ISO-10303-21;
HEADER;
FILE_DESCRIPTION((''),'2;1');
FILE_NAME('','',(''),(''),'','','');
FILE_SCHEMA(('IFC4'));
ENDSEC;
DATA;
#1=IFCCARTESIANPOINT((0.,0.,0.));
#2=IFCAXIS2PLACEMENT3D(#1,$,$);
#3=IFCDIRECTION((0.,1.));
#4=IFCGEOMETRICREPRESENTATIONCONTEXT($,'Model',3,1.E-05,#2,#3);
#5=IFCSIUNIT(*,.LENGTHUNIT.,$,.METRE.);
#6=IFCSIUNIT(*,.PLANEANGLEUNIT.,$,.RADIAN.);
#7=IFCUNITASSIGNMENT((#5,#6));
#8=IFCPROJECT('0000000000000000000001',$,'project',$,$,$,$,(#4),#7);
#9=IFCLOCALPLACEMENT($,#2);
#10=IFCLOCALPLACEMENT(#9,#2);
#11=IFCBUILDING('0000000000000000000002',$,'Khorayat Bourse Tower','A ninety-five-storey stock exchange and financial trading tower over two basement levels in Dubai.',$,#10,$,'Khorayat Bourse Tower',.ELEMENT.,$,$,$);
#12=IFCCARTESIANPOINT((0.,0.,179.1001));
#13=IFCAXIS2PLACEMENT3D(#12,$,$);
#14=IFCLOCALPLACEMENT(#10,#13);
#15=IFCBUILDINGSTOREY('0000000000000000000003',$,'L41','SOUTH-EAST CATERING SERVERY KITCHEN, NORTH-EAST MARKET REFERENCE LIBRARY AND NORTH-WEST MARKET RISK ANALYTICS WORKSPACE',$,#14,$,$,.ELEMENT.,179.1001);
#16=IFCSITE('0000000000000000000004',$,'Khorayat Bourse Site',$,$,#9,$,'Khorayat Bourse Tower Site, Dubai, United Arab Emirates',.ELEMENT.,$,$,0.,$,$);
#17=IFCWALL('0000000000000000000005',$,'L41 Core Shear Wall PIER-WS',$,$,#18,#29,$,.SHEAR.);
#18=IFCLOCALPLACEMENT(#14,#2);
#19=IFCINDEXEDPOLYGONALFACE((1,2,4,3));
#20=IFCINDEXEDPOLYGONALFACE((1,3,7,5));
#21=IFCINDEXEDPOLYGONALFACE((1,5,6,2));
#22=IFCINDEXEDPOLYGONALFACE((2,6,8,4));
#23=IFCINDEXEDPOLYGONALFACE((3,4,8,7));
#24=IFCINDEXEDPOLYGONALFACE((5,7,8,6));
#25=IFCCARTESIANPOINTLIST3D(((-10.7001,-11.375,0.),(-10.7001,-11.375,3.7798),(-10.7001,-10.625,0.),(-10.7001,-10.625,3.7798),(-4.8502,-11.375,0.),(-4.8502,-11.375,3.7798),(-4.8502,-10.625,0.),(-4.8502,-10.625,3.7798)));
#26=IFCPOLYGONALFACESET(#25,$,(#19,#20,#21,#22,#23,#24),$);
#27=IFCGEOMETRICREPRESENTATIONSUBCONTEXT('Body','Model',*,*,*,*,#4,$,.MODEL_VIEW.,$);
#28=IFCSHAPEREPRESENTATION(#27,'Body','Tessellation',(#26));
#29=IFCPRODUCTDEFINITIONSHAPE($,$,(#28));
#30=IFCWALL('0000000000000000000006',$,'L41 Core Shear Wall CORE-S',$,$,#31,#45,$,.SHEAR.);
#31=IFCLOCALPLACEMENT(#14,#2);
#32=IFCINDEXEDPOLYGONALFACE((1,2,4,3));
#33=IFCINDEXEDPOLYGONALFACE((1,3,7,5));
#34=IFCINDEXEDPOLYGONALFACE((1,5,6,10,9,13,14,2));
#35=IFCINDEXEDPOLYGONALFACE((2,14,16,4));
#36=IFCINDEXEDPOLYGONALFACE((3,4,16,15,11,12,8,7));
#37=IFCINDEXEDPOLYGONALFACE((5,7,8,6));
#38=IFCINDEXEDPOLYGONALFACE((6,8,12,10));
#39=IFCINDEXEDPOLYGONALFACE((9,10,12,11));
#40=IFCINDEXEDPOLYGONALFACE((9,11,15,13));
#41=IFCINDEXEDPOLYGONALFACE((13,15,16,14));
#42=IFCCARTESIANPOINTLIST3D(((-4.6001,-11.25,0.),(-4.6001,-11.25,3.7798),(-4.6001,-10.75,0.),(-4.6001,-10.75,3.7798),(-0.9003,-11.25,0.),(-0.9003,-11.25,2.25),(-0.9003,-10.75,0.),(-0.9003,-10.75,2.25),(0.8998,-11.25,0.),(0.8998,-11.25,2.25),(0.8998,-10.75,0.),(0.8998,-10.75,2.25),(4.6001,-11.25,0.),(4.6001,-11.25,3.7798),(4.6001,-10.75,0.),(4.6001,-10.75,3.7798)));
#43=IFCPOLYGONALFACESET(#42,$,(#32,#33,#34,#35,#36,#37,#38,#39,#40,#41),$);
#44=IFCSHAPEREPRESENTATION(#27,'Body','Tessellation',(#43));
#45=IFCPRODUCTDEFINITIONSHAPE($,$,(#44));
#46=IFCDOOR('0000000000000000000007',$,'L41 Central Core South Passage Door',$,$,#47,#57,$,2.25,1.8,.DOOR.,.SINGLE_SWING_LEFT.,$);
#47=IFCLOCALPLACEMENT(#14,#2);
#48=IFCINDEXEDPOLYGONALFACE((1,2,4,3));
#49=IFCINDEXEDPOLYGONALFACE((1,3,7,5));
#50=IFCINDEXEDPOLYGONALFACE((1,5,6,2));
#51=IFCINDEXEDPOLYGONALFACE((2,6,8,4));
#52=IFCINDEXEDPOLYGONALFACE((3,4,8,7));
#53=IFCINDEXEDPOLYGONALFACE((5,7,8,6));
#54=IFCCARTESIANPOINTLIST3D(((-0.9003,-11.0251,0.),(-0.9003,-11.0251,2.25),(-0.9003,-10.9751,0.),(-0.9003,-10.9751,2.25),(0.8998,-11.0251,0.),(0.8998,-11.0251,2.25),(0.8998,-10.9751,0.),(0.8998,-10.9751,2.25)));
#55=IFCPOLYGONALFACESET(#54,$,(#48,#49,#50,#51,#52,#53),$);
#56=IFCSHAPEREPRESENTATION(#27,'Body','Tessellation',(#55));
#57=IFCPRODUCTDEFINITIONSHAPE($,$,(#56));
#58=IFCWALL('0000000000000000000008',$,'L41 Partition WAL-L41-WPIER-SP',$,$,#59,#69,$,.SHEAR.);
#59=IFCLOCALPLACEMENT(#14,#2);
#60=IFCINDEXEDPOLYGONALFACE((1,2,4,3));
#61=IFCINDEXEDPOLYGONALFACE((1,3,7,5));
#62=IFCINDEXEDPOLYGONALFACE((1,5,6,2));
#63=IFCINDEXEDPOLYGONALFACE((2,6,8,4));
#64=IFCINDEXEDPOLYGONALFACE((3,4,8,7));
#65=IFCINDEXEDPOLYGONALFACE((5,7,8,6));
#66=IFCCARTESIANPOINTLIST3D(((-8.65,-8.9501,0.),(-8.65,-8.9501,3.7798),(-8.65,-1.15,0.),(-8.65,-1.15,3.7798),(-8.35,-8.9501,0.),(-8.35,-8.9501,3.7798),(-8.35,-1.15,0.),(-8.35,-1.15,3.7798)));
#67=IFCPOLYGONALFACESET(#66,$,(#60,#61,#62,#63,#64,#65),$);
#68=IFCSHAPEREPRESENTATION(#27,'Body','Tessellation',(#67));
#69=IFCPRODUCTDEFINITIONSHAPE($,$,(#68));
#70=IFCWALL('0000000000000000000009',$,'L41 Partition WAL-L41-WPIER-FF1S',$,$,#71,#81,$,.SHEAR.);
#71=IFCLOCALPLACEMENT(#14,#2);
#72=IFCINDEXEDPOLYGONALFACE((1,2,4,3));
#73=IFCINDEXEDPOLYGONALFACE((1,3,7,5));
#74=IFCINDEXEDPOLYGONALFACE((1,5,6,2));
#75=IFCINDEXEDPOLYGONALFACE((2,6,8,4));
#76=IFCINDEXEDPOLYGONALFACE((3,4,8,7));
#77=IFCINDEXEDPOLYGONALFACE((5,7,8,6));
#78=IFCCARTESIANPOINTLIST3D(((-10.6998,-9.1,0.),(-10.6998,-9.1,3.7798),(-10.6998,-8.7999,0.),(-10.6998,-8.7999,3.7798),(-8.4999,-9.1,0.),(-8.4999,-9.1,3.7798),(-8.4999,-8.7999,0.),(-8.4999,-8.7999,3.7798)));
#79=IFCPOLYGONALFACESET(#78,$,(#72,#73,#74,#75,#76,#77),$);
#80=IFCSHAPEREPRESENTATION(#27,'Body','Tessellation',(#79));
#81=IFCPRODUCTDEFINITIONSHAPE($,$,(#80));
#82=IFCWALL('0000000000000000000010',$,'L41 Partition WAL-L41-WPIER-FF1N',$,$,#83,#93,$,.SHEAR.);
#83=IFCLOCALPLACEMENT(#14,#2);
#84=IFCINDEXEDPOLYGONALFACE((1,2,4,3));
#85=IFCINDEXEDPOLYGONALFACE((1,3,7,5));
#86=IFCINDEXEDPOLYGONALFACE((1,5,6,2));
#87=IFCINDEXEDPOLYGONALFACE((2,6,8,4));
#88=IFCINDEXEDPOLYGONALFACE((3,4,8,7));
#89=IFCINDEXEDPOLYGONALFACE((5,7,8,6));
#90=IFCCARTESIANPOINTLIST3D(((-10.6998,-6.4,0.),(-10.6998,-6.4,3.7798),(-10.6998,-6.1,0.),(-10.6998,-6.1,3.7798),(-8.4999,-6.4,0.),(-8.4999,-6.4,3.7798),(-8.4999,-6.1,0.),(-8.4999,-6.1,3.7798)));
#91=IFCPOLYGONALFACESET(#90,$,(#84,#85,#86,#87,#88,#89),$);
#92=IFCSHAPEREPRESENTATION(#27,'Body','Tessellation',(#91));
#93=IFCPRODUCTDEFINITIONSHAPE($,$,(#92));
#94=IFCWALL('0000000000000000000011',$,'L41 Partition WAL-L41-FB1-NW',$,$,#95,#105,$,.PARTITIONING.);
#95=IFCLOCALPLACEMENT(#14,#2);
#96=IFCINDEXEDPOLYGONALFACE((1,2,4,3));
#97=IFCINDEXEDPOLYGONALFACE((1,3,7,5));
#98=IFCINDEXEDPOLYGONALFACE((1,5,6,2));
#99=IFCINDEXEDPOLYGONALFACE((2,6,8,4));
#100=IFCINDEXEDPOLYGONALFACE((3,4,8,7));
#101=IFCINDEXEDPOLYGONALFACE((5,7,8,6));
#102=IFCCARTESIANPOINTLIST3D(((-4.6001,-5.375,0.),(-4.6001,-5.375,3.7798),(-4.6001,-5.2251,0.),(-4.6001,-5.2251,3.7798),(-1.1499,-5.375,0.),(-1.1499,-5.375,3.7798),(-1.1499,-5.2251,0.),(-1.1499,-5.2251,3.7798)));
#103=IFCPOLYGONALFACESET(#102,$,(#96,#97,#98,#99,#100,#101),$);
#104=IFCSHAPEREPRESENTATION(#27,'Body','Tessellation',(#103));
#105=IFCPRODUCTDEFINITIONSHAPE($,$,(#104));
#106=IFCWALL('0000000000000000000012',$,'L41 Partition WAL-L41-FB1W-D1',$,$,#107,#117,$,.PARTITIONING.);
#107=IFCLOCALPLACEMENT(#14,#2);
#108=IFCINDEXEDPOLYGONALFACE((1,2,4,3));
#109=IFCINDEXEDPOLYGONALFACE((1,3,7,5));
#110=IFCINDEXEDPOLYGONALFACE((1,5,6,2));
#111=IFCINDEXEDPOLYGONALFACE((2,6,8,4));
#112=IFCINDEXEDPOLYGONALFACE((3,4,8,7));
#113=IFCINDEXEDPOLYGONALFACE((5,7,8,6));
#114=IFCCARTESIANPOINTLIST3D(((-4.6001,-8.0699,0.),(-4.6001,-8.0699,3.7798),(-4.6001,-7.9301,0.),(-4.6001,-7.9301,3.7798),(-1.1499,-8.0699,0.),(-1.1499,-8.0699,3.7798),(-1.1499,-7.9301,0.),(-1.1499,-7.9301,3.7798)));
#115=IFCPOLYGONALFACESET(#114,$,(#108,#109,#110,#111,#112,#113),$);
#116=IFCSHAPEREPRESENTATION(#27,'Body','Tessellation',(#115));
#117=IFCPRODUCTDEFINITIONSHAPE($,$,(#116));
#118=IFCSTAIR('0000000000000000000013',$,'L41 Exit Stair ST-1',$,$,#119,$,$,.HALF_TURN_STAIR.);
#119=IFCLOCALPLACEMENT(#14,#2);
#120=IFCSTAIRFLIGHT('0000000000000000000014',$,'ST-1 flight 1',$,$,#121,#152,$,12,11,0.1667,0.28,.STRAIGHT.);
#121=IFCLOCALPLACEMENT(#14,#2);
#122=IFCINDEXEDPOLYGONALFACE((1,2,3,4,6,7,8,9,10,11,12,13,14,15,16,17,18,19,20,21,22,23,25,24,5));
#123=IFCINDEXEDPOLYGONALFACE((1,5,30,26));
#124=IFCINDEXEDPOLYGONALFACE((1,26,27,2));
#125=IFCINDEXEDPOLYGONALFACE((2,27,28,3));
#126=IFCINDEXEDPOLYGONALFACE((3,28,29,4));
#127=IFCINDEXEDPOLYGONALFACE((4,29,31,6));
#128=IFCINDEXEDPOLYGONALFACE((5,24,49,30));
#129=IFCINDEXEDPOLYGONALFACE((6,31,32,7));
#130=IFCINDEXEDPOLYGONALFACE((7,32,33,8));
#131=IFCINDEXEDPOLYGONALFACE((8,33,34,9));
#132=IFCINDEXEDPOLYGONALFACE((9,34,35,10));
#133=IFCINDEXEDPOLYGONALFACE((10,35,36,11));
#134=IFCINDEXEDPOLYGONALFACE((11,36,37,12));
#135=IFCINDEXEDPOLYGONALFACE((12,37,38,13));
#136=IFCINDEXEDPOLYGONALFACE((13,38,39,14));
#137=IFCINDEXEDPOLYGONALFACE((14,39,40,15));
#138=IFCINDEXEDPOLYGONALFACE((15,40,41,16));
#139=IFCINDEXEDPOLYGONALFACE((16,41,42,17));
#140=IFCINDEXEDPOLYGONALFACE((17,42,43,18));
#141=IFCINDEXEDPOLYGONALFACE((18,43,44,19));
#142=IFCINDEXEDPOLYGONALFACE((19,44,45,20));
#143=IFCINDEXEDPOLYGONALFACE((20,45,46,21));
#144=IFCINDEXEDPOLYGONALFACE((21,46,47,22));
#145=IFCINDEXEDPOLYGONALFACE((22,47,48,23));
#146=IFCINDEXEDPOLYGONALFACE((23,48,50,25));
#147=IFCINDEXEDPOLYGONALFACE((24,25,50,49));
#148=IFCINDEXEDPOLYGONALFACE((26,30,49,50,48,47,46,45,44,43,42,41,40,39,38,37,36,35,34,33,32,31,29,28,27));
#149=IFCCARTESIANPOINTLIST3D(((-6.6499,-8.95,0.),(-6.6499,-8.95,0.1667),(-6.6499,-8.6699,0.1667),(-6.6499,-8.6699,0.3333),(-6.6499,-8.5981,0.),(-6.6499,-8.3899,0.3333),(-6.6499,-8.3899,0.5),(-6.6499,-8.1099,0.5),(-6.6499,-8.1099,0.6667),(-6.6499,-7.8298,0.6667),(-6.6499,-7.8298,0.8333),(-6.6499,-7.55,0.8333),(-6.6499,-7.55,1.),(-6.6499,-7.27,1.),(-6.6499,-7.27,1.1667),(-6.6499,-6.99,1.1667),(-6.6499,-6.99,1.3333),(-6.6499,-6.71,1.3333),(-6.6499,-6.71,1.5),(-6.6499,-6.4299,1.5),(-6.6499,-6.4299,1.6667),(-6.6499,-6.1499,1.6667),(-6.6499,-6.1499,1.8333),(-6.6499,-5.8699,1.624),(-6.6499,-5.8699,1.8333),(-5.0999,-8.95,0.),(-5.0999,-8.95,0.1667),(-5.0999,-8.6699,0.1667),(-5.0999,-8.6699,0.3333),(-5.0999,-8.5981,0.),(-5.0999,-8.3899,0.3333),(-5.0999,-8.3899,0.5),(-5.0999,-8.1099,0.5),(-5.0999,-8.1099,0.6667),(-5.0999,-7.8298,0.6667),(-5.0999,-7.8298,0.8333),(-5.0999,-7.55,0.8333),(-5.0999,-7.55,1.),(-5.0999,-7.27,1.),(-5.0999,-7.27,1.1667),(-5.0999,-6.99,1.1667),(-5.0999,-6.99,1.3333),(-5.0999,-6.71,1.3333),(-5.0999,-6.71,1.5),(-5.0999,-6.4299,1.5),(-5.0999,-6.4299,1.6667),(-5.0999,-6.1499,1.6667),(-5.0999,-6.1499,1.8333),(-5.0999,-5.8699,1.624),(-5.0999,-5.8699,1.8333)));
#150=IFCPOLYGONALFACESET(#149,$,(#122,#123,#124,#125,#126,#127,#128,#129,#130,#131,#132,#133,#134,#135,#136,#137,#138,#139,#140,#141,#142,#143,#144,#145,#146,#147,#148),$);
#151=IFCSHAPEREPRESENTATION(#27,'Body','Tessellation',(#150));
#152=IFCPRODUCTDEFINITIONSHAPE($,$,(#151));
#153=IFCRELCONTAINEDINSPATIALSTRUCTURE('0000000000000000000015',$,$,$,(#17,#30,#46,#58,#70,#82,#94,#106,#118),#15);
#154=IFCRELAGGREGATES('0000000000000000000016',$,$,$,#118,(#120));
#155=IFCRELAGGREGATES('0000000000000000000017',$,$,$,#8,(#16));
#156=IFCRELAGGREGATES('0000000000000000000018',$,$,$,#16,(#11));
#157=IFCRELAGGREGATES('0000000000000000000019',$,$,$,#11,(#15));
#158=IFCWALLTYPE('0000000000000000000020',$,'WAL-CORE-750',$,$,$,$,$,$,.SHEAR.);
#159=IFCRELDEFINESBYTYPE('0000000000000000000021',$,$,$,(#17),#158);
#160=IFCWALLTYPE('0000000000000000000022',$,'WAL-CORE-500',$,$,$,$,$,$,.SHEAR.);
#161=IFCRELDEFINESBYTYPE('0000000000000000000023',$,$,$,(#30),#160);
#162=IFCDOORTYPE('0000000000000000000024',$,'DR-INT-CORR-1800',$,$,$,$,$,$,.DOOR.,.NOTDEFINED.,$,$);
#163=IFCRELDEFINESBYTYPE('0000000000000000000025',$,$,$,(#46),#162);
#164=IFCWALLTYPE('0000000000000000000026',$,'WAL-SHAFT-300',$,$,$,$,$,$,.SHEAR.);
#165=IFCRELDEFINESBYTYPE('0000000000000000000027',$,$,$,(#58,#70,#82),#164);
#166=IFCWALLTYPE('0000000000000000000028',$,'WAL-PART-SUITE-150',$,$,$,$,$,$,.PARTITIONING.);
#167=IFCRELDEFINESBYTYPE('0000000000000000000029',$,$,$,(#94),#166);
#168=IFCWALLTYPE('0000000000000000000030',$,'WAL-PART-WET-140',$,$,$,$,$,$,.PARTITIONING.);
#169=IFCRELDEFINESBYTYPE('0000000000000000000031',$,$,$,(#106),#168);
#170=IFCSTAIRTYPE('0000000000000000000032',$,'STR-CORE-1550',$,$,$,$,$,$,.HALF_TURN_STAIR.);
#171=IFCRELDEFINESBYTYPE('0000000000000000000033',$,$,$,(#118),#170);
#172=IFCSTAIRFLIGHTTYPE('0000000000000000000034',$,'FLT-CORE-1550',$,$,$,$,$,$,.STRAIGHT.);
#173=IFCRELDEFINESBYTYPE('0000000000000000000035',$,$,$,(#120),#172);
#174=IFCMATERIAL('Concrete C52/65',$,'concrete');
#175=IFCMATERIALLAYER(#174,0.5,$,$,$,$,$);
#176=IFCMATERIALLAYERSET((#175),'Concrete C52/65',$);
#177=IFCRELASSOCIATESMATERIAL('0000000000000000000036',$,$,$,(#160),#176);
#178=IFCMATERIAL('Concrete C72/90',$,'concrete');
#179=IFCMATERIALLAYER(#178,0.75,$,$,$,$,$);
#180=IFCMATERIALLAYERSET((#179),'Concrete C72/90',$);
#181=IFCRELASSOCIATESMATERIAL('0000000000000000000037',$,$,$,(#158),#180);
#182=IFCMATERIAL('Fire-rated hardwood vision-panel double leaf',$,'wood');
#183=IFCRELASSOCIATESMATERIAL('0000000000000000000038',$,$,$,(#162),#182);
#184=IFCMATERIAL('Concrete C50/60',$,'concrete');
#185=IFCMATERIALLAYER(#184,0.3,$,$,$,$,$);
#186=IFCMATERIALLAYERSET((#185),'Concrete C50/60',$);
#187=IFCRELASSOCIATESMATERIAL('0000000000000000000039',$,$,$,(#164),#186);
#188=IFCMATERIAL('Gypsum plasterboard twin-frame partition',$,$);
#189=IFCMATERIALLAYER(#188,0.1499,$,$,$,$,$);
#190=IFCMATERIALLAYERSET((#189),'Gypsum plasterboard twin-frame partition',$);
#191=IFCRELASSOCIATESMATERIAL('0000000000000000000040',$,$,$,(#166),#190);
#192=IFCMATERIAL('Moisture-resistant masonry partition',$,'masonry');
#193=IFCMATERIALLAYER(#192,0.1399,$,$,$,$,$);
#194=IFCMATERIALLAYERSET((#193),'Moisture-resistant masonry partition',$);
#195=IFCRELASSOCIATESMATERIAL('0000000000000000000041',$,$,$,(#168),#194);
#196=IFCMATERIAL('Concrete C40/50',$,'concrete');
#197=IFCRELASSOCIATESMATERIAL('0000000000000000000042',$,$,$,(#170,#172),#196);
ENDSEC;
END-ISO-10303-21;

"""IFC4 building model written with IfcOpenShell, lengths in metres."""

from ifc_helpers import new_model, si_unit, direction, frame, frame_2d, origin, place, context, subcontext, project, spatial, polyline, rectangle, outline, extrude, source, transform, mapped, material, layer, layer_set, type_object, element, fill, aggregate, save


model = new_model("IFC4")

# Units and contexts
model_context = context("Model", 3, precision=1e-05, world=origin(), true_north=direction((0.0, 1.0)))
body_context = subcontext(model_context, "Body", "Model", "MODEL_VIEW")
ifc_project = project(units=[si_unit("LENGTHUNIT", "METRE"), si_unit("PLANEANGLEUNIT", "RADIAN")], contexts=[model_context])

# Site, building, storey
site_placement = place(None, origin())
site = spatial("IfcSite", under=ifc_project, at=site_placement, Name="Khorayat Bourse Site", LongName="Khorayat Bourse Tower Site, Dubai, United Arab Emirates", CompositionType="ELEMENT", RefElevation=0.0)
building_placement = place(site_placement, origin())
building = spatial("IfcBuilding", under=site, at=building_placement, Name="Khorayat Bourse Tower", Description="A ninety-five-storey stock exchange and financial trading tower over two basement levels in Dubai.", LongName="Khorayat Bourse Tower", CompositionType="ELEMENT")
storey_placement = place(building_placement, frame((0.0, 0.0, 179.1001)))
storey = spatial("IfcBuildingStorey", under=building, at=storey_placement, Name="L41", Description="SOUTH-EAST CATERING SERVERY KITCHEN, NORTH-EAST MARKET REFERENCE LIBRARY AND NORTH-WEST MARKET RISK ANALYTICS WORKSPACE", CompositionType="ELEMENT", Elevation=179.1001)

# Shared definitions
ifc_material_1 = material(Name="Concrete C72/90", Category="concrete")

# Wall
ifc_material_2 = material(Name="Concrete C52/65", Category="concrete")
ifc_layer_1 = layer(ifc_material_2, 0.5)
ifc_layer_set_1 = layer_set([ifc_layer_1], Name="Concrete C52/65")
wall_type_1 = type_object("IfcWallType", Name="WAL-CORE-500", PredefinedType="SHEAR", material=ifc_layer_set_1)
ifc_layer_2 = layer(ifc_material_1, 0.75)
ifc_layer_set_2 = layer_set([ifc_layer_2], Name="Concrete C72/90")
wall_type_2 = type_object("IfcWallType", Name="WAL-CORE-750", PredefinedType="SHEAR", material=ifc_layer_set_2)
shared_shape_1 = source(origin(), body_context, "Body", "SweptSolid", [
    extrude(rectangle(XDim=5.8499, YDim=0.75, at=frame_2d((2.9248, 0.0))), origin(), (0.0, 0.0, 1.0), 3.7798),
])
wall_1_placement = place(storey_placement, frame((-10.7, -11.0, 0.0), z_axis=(0.0, 0.0, 1.0), x_axis=(1.0, 0.0, 0.0)))
element("IfcWall", 1, at=wall_1_placement, inside=storey, type_object=wall_type_2, Name="L41 Core Shear Wall PIER-WS", PredefinedType="SHEAR", context=body_context, shape_type="MappedRepresentation", body=[
    mapped(shared_shape_1, transform((0.0, 0.0, 0.0), scale=1.0)),
])

# Wall, opening, door
shared_shape_2 = source(origin(), body_context, "Body", "SweptSolid", [
    extrude(rectangle(XDim=9.2002, YDim=0.5, at=frame_2d((4.6001, 0.0))), origin(), (0.0, 0.0, 1.0), 3.7798),
])
wall_2_placement = place(storey_placement, frame((-4.6001, -11.0, 0.0), z_axis=(0.0, 0.0, 1.0), x_axis=(1.0, 0.0, 0.0)))
wall_2 = element("IfcWall", 2, at=wall_2_placement, inside=storey, type_object=wall_type_1, Name="L41 Core Shear Wall CORE-S", PredefinedType="SHEAR", context=body_context, shape_type="MappedRepresentation", body=[
    mapped(shared_shape_2, transform((0.0, 0.0, 0.0), scale=1.0)),
])
shared_shape_3 = source(origin(), body_context, "Body", "SweptSolid", [
    extrude(rectangle(XDim=1.8, YDim=2.25, at=frame_2d((0.8999, 1.125))), frame((0.0, 0.26, 0.0), z_axis=(0.0, -1.0, 0.0), x_axis=(1.0, 0.0, 0.0)), (0.0, 0.0, 1.0), 0.52),
])
opening_placement = place(wall_2_placement, frame((3.7, 0.0, 0.0)))
opening = element("IfcOpeningElement", 3, at=opening_placement, cuts=wall_2, PredefinedType="OPENING", context=body_context, shape_type="MappedRepresentation", body=[
    mapped(shared_shape_3, transform((0.0, 0.0, 0.0), scale=1.0)),
])
ifc_material_3 = material(Name="Fire-rated hardwood vision-panel double leaf", Category="wood")
door_type = type_object("IfcDoorType", Name="DR-INT-CORR-1800", OperationType="NOTDEFINED", PredefinedType="DOOR", material=ifc_material_3)
shared_shape_4 = source(origin(), body_context, "Body", "SweptSolid", [
    extrude(rectangle(XDim=1.8, YDim=2.25, at=frame_2d((0.8999, 1.125))), frame((0.0, 0.0249, 0.0), z_axis=(0.0, -1.0, 0.0), x_axis=(1.0, 0.0, 0.0)), (0.0, 0.0, 1.0), 0.05),
])
door_placement = place(opening_placement, origin())
door = element("IfcDoor", 4, at=door_placement, inside=storey, type_object=door_type, Name="L41 Central Core South Passage Door", OperationType="SINGLE_SWING_LEFT", OverallHeight=2.25, OverallWidth=1.8, PredefinedType="DOOR", context=body_context, shape_type="MappedRepresentation", body=[
    mapped(shared_shape_4, transform((0.0, 0.0, 0.0), scale=1.0)),
])
fill(opening, door)

# Walls
ifc_material_4 = material(Name="Concrete C50/60", Category="concrete")
ifc_layer_3 = layer(ifc_material_4, 0.3)
ifc_layer_set_3 = layer_set([ifc_layer_3], Name="Concrete C50/60")
wall_type_3 = type_object("IfcWallType", Name="WAL-SHAFT-300", PredefinedType="SHEAR", material=ifc_layer_set_3)
shared_shape_5 = source(origin(), body_context, "Body", "SweptSolid", [
    extrude(rectangle(XDim=7.8, YDim=0.3, at=frame_2d((3.8999, 0.0))), origin(), (0.0, 0.0, 1.0), 3.7798),
])
wall_3_placement = place(storey_placement, frame((-8.5, -8.95, 0.0), z_axis=(0.0, 0.0, 1.0), x_axis=(0.0, 1.0, 0.0)))
element("IfcWall", 5, at=wall_3_placement, inside=storey, type_object=wall_type_3, Name="L41 Partition WAL-L41-WPIER-SP", PredefinedType="SHEAR", context=body_context, shape_type="MappedRepresentation", body=[
    mapped(shared_shape_5, transform((0.0, 0.0, 0.0), scale=1.0)),
])
shared_shape_6 = source(origin(), body_context, "Body", "SweptSolid", [
    extrude(rectangle(XDim=2.2, YDim=0.3, at=frame_2d((1.1001, 0.0))), origin(), (0.0, 0.0, 1.0), 3.7798),
])
for number, where, z_axis, x_axis, name in (
    (6, (-10.7, -8.95, 0.0), (0.0, 0.0, 1.0), (1.0, 0.0, 0.0), "L41 Partition WAL-L41-WPIER-FF1S"),
    (7, (-10.7, -6.25, 0.0), (0.0, 0.0, 1.0), (1.0, 0.0, 0.0), "L41 Partition WAL-L41-WPIER-FF1N"),
):
    element("IfcWall", number, at=place(storey_placement, frame(where, z_axis=z_axis, x_axis=x_axis)), inside=storey, type_object=wall_type_3, Name=name, PredefinedType="SHEAR", context=body_context, shape_type="MappedRepresentation", body=[
        mapped(shared_shape_6, transform((0.0, 0.0, 0.0), scale=1.0)),
    ])
ifc_material_5 = material(Name="Gypsum plasterboard twin-frame partition")
ifc_layer_4 = layer(ifc_material_5, 0.1499)
ifc_layer_set_4 = layer_set([ifc_layer_4], Name="Gypsum plasterboard twin-frame partition")
wall_type_4 = type_object("IfcWallType", Name="WAL-PART-SUITE-150", PredefinedType="PARTITIONING", material=ifc_layer_set_4)
shared_shape_7 = source(origin(), body_context, "Body", "SweptSolid", [
    extrude(rectangle(XDim=3.4502, YDim=0.1499, at=frame_2d((1.7251, 0.0))), origin(), (0.0, 0.0, 1.0), 3.7798),
])
wall_4_placement = place(storey_placement, frame((-4.6001, -5.3, 0.0), z_axis=(0.0, 0.0, 1.0), x_axis=(1.0, 0.0, 0.0)))
element("IfcWall", 8, at=wall_4_placement, inside=storey, type_object=wall_type_4, Name="L41 Partition WAL-L41-FB1-NW", PredefinedType="PARTITIONING", context=body_context, shape_type="MappedRepresentation", body=[
    mapped(shared_shape_7, transform((0.0, 0.0, 0.0), scale=1.0)),
])
ifc_material_6 = material(Name="Moisture-resistant masonry partition", Category="masonry")
ifc_layer_5 = layer(ifc_material_6, 0.1399)
ifc_layer_set_5 = layer_set([ifc_layer_5], Name="Moisture-resistant masonry partition")
wall_type_5 = type_object("IfcWallType", Name="WAL-PART-WET-140", PredefinedType="PARTITIONING", material=ifc_layer_set_5)
shared_shape_8 = source(origin(), body_context, "Body", "SweptSolid", [
    extrude(rectangle(XDim=3.4502, YDim=0.1399, at=frame_2d((1.7251, 0.0))), origin(), (0.0, 0.0, 1.0), 3.7798),
])
wall_5_placement = place(storey_placement, frame((-4.6001, -8.0, 0.0), z_axis=(0.0, 0.0, 1.0), x_axis=(1.0, 0.0, 0.0)))
element("IfcWall", 9, at=wall_5_placement, inside=storey, type_object=wall_type_5, Name="L41 Partition WAL-L41-FB1W-D1", PredefinedType="PARTITIONING", context=body_context, shape_type="MappedRepresentation", body=[
    mapped(shared_shape_8, transform((0.0, 0.0, 0.0), scale=1.0)),
])

# Stair, stair flight
ifc_material_7 = material(Name="Concrete C40/50", Category="concrete")
stair_type = type_object("IfcStairType", Name="STR-CORE-1550", PredefinedType="HALF_TURN_STAIR", material=ifc_material_7)
stair_placement = place(storey_placement, origin())
stair = element("IfcStair", 10, at=stair_placement, inside=storey, type_object=stair_type, Name="L41 Exit Stair ST-1", PredefinedType="HALF_TURN_STAIR")
stair_flight_type = type_object("IfcStairFlightType", Name="FLT-CORE-1550", PredefinedType="STRAIGHT", material=ifc_material_7)
shared_shape_9 = source(origin(), body_context, "Body", "SweptSolid", [
    extrude(outline(polyline([(0.0, 0.0), (0.0, 0.1667), (0.28, 0.1667), (0.28, 0.3333), (0.5601, 0.3333), (0.5601, 0.5), (0.8401, 0.5), (0.8401, 0.6667), (1.1201, 0.6667), (1.1201, 0.8333), (1.3999, 0.8333), (1.3999, 1.0), (1.6799, 1.0), (1.6799, 1.1667), (1.96, 1.1667), (1.96, 1.3333), (2.24, 1.3333), (2.24, 1.5), (2.52, 1.5), (2.52, 1.6667), (2.8, 1.6667), (2.8, 1.8333), (3.0801, 1.8333), (3.0801, 2.0), (3.0801, 1.624), (0.3518, 0.0), (0.0, 0.0)])), frame((0.0, 0.7749, 0.0), z_axis=(0.0, -1.0, 0.0), x_axis=(1.0, 0.0, 0.0)), (0.0, 0.0, 1.0), 1.55),
])
stair_flight_1_placement = place(storey_placement, frame((-5.875, -8.95, 0.0), z_axis=(0.0, 0.0, 1.0), x_axis=(0.0, 1.0, 0.0)))
stair_flight_1 = element("IfcStairFlight", 11, at=stair_flight_1_placement, type_object=stair_flight_type, Name="ST-1 flight 1", NumberOfRisers=12, NumberOfTreads=11, PredefinedType="STRAIGHT", RiserHeight=0.1667, TreadLength=0.28, context=body_context, shape_type="MappedRepresentation", body=[
    mapped(shared_shape_9, transform((0.0, 0.0, 0.0), scale=1.0)),
])
aggregate(stair, [stair_flight_1])

save(model, "model.ifc")
